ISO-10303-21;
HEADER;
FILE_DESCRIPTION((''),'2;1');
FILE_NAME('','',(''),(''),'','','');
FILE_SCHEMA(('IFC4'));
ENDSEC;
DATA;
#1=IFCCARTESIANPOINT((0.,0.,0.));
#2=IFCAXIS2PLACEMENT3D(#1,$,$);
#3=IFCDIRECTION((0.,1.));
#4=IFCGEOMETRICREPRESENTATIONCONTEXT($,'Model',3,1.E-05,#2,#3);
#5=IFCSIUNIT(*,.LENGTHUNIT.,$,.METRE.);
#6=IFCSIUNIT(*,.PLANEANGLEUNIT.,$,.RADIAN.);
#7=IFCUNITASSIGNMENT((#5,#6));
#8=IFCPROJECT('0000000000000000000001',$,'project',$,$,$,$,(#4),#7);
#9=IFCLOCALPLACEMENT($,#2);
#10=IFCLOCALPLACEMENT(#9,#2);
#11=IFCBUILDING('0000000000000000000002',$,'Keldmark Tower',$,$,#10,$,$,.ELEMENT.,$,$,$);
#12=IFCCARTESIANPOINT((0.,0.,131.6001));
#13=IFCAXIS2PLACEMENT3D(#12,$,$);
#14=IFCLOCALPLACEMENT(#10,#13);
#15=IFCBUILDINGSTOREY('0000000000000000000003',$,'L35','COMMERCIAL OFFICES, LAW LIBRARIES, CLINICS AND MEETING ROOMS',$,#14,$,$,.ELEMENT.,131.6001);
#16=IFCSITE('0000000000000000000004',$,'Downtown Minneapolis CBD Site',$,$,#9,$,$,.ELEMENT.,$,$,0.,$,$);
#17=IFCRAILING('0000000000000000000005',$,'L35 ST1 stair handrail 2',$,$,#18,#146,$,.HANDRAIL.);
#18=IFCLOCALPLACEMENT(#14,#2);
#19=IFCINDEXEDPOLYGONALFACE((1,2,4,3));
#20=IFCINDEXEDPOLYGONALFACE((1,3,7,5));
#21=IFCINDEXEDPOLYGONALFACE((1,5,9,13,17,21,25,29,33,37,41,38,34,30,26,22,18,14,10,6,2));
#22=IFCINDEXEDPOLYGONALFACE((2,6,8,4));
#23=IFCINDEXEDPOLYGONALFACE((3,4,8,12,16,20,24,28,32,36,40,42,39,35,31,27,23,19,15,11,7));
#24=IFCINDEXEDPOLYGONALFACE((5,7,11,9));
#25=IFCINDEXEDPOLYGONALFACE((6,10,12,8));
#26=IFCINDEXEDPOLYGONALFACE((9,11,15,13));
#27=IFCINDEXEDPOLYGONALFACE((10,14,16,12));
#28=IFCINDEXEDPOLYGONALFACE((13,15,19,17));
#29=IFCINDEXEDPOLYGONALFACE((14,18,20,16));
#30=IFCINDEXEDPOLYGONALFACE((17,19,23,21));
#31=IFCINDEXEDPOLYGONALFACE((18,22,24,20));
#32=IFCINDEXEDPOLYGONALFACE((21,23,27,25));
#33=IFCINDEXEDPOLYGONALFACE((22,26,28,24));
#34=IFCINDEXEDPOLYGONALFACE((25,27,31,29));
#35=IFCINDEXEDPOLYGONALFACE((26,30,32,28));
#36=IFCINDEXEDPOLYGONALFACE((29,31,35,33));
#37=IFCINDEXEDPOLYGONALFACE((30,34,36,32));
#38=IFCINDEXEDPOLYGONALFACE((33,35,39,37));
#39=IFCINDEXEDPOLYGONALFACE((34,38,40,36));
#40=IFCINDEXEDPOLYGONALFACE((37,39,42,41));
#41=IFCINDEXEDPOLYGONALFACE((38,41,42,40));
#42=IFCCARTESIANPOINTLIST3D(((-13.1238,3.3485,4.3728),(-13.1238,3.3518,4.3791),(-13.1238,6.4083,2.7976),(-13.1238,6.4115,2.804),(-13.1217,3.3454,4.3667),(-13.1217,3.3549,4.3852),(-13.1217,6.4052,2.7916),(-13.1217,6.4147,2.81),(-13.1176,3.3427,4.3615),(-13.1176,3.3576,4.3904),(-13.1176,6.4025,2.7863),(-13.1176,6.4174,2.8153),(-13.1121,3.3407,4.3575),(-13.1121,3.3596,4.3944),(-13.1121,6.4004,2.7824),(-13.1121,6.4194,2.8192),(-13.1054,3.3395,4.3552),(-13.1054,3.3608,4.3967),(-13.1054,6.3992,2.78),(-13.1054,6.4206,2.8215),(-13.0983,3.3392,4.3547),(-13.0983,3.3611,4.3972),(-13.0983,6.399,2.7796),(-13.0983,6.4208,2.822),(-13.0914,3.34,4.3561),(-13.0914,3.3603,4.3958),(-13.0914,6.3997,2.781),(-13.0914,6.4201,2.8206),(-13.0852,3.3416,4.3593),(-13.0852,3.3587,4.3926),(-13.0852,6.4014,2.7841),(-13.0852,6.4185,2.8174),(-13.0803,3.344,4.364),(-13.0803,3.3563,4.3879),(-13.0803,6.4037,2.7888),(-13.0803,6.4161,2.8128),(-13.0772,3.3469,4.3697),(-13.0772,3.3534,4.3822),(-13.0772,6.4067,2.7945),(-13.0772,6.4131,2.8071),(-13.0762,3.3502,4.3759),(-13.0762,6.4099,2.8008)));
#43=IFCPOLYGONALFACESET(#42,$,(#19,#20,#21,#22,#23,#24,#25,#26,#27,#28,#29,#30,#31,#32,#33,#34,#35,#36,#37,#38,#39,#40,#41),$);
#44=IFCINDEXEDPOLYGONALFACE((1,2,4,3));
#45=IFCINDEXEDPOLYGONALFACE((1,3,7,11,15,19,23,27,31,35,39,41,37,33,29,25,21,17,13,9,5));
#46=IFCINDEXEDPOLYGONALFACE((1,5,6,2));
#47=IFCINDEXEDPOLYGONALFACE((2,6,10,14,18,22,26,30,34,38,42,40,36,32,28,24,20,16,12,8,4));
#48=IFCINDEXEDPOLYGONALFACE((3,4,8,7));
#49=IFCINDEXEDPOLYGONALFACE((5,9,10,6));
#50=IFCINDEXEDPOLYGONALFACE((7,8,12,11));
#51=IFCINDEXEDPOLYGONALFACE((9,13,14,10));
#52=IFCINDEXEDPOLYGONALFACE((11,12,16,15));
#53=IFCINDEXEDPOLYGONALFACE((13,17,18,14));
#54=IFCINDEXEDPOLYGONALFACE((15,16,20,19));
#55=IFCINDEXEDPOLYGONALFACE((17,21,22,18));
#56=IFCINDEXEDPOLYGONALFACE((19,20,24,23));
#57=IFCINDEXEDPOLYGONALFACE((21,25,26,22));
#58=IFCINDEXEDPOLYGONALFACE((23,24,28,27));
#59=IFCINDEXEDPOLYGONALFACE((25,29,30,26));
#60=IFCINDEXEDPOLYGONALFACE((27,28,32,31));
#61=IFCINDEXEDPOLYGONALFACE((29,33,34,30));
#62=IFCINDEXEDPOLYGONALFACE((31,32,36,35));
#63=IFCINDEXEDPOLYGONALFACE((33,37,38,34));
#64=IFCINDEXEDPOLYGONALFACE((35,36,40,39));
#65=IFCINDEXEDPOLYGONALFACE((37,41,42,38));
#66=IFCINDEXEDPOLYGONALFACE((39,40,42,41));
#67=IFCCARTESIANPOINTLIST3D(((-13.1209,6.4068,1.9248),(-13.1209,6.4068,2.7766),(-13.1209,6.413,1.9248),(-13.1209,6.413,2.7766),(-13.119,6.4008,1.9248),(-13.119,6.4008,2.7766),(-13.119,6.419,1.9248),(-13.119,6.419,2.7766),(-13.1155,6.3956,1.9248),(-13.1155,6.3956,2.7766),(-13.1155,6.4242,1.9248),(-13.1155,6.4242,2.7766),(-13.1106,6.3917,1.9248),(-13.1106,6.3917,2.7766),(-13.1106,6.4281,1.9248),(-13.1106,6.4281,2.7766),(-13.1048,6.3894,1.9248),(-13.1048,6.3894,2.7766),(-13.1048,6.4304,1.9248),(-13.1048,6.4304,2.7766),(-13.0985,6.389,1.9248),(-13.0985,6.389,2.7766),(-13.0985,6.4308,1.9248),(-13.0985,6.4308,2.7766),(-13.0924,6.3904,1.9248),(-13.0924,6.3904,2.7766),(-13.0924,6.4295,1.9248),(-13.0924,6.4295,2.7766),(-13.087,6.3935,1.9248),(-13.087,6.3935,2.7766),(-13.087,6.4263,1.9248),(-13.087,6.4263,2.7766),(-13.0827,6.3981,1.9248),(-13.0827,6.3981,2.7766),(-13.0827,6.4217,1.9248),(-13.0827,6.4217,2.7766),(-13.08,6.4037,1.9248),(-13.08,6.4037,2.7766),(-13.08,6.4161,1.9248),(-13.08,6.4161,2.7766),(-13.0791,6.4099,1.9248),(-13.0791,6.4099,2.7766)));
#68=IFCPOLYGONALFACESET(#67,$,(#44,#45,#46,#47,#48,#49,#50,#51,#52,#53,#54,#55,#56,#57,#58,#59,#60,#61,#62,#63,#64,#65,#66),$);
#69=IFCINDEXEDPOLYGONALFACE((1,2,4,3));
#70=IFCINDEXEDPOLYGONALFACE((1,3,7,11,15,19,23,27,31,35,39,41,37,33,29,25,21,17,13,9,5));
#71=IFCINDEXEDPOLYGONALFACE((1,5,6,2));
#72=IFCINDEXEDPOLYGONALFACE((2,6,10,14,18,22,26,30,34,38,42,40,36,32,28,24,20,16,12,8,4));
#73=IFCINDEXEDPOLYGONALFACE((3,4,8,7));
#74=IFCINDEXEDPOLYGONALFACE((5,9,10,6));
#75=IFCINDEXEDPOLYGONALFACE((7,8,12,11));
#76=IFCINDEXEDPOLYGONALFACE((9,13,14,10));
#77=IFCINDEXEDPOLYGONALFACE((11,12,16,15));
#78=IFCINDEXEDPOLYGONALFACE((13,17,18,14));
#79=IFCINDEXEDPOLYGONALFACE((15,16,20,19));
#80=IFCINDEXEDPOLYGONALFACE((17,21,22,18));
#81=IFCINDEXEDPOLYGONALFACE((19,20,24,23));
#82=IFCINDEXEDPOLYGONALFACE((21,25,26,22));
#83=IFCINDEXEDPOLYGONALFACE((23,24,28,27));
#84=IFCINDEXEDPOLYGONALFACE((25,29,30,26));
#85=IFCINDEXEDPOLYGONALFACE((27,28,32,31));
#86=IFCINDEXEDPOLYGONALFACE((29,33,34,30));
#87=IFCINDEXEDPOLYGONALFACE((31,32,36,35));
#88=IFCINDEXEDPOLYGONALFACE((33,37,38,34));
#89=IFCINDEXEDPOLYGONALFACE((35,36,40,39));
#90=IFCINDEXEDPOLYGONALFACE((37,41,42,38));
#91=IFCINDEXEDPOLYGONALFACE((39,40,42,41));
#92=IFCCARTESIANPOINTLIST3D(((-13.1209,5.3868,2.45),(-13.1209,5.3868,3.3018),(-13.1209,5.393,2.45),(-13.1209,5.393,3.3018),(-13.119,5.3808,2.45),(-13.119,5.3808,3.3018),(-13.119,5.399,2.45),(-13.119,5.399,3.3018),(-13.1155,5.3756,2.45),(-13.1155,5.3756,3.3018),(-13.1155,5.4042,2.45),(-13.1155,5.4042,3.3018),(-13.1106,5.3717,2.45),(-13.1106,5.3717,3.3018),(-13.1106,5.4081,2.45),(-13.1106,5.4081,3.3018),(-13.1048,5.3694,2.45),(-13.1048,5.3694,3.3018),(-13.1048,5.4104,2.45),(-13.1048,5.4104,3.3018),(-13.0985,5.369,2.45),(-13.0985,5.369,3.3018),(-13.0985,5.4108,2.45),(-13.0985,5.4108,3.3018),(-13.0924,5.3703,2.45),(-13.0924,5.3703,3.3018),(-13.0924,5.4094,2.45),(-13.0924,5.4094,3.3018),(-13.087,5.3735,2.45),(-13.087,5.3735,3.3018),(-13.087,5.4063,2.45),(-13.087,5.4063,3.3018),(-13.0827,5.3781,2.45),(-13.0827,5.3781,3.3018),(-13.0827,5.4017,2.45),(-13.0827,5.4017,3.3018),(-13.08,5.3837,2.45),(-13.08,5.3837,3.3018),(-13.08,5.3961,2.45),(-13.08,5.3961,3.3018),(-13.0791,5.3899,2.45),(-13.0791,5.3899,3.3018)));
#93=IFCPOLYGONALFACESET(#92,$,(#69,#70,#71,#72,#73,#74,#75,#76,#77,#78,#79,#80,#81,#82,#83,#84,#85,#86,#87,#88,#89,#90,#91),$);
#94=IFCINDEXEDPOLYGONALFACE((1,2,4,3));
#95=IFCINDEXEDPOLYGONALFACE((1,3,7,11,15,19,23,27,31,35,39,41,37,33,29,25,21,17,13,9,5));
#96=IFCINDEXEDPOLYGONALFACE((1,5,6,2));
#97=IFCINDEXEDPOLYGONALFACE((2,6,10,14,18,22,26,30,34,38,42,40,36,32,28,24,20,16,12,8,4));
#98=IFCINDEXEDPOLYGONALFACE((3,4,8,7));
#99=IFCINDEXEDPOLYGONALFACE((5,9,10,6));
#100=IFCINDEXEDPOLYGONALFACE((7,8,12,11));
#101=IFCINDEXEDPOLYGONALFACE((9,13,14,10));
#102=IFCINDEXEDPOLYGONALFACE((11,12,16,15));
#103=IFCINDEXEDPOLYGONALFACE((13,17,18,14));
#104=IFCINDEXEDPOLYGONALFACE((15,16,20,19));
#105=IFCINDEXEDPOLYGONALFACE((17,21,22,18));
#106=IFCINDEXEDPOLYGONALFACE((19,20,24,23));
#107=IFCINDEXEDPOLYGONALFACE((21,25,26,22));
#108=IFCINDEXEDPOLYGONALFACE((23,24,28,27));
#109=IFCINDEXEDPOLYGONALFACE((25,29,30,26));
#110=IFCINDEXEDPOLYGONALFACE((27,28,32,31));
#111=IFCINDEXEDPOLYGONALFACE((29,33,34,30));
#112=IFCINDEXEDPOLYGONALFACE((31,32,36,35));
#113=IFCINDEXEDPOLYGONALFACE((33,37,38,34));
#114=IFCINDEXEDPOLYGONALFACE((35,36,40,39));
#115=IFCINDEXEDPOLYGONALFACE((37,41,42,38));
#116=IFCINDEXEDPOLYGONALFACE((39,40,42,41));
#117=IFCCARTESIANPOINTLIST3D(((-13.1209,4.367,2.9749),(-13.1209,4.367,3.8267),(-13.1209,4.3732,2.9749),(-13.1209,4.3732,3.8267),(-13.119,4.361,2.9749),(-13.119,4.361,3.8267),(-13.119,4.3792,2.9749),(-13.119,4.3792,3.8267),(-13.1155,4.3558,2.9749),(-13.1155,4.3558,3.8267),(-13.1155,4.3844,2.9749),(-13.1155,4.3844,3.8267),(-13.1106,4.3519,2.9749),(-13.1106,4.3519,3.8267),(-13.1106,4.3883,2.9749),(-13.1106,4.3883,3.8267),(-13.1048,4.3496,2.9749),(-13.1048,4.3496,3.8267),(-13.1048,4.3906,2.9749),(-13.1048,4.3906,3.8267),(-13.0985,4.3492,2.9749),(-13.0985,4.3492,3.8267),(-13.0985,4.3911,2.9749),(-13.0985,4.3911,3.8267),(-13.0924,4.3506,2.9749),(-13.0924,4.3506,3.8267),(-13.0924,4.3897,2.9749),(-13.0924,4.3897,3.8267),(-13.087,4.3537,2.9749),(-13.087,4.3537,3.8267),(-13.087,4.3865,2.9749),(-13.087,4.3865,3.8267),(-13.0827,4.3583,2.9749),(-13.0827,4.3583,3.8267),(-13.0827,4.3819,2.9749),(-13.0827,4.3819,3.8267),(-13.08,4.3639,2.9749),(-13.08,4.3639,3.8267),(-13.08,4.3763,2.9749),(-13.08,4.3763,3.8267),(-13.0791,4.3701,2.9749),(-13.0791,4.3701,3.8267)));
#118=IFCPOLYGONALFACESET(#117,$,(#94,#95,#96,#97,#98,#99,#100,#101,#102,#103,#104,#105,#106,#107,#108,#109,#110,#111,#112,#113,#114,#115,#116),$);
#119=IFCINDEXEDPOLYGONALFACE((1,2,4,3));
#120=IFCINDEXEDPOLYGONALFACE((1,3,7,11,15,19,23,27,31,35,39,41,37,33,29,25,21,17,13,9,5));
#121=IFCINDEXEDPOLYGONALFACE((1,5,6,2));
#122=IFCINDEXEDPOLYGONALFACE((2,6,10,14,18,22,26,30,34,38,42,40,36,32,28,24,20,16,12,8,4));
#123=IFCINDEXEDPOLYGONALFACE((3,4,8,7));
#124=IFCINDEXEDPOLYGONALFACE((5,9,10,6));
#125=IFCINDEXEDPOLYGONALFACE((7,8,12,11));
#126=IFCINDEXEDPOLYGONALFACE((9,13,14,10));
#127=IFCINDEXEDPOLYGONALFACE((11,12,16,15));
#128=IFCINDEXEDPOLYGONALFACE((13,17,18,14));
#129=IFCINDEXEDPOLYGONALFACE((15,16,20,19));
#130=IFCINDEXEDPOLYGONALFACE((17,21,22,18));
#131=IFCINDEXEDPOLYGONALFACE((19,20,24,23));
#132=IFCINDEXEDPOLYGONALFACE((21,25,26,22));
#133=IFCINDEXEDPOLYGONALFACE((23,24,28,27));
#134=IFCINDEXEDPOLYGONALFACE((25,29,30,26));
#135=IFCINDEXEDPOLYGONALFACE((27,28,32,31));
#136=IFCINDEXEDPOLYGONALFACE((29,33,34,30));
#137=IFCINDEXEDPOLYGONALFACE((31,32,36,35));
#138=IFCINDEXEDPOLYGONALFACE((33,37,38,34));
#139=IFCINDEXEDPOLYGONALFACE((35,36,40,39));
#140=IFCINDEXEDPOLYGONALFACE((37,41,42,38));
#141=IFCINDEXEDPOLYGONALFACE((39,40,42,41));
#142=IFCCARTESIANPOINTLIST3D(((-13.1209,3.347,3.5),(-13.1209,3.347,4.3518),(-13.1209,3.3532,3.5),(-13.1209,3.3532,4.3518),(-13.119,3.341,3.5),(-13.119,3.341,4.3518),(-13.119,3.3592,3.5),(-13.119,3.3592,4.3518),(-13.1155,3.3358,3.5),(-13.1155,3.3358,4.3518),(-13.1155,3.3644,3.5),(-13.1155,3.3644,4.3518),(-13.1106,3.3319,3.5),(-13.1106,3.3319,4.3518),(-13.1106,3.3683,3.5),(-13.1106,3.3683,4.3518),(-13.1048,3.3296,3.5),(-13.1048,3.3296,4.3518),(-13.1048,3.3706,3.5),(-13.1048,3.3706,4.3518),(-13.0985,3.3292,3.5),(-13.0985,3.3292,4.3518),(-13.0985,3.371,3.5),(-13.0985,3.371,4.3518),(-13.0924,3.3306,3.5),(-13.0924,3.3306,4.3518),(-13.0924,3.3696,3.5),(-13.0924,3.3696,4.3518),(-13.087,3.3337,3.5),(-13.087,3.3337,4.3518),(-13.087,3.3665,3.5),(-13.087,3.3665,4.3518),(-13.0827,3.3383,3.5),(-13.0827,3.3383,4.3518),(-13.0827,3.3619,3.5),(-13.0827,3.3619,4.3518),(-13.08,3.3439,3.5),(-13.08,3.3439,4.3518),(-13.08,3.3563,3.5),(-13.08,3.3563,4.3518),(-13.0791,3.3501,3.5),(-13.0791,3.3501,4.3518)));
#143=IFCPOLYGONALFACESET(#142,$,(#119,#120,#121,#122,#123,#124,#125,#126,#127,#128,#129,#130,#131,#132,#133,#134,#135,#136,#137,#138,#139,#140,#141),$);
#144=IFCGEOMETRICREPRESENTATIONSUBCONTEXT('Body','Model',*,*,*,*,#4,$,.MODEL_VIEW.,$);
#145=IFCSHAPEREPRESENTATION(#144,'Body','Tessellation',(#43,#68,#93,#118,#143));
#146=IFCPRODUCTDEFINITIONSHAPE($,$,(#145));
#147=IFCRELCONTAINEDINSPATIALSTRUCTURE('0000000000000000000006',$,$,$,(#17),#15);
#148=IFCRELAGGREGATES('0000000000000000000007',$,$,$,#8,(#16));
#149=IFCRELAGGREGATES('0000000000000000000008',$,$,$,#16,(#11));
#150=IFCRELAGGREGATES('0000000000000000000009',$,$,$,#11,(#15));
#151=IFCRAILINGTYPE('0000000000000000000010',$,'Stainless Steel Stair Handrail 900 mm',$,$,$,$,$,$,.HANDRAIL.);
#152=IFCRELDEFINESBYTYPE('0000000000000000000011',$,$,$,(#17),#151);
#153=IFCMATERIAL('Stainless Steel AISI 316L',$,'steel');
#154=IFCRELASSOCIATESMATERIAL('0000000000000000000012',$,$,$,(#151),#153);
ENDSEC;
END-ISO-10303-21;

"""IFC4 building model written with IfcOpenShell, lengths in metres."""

from ifc_helpers import new_model, si_unit, direction, frame, origin, origin_2d, place, context, subcontext, project, spatial, circle, extrude, material, type_object, element, save


model = new_model("IFC4")

# Units and contexts
model_context = context("Model", 3, precision=1e-05, world=origin(), true_north=direction((0.0, 1.0)))
body_context = subcontext(model_context, "Body", "Model", "MODEL_VIEW")
ifc_project = project(units=[si_unit("LENGTHUNIT", "METRE"), si_unit("PLANEANGLEUNIT", "RADIAN")], contexts=[model_context])

# Site, building, storey
site_placement = place(None, origin())
site = spatial("IfcSite", under=ifc_project, at=site_placement, Name="Downtown Minneapolis CBD Site", CompositionType="ELEMENT", RefElevation=0.0)
building_placement = place(site_placement, origin())
building = spatial("IfcBuilding", under=site, at=building_placement, Name="Keldmark Tower", CompositionType="ELEMENT")
storey_placement = place(building_placement, frame((0.0, 0.0, 131.6001)))
storey = spatial("IfcBuildingStorey", under=building, at=storey_placement, Name="L35", Description="COMMERCIAL OFFICES, LAW LIBRARIES, CLINICS AND MEETING ROOMS", CompositionType="ELEMENT", Elevation=131.6001)

# Railing
ifc_material_1 = material(Name="Stainless Steel AISI 316L", Category="steel")
railing_type_1 = type_object("IfcRailingType", Name="Stainless Steel Stair Handrail 900 mm", PredefinedType="HANDRAIL", material=ifc_material_1)
railing_1_placement = place(storey_placement, frame((-13.1001, 6.4099, 1.9248)))
element("IfcRailing", 1, at=railing_1_placement, inside=storey, type_object=railing_type_1, Name="L35 ST1 stair handrail 2", PredefinedType="HANDRAIL", context=body_context, shape_type="SweptSolid", body=[
    extrude(circle(Radius=0.0239, at=origin_2d()), frame((0.0, 0.0, 0.876), z_axis=(0.0, -0.889101, 0.45771), x_axis=(1.0, 0.0, 0.0)), (0.0, 0.0, 1.0), 3.4414),
    extrude(circle(Radius=0.021, at=origin_2d()), origin(), (0.0, 0.0, 1.0), 0.8518),
    extrude(circle(Radius=0.021, at=origin_2d()), frame((0.0, -1.02, 0.5251)), (0.0, 0.0, 1.0), 0.8518),
    extrude(circle(Radius=0.021, at=origin_2d()), frame((0.0, -2.0398, 1.05)), (0.0, 0.0, 1.0), 0.8518),
    extrude(circle(Radius=0.021, at=origin_2d()), frame((0.0, -3.0598, 1.5752)), (0.0, 0.0, 1.0), 0.8518),
])

save(model, "model.ifc")
